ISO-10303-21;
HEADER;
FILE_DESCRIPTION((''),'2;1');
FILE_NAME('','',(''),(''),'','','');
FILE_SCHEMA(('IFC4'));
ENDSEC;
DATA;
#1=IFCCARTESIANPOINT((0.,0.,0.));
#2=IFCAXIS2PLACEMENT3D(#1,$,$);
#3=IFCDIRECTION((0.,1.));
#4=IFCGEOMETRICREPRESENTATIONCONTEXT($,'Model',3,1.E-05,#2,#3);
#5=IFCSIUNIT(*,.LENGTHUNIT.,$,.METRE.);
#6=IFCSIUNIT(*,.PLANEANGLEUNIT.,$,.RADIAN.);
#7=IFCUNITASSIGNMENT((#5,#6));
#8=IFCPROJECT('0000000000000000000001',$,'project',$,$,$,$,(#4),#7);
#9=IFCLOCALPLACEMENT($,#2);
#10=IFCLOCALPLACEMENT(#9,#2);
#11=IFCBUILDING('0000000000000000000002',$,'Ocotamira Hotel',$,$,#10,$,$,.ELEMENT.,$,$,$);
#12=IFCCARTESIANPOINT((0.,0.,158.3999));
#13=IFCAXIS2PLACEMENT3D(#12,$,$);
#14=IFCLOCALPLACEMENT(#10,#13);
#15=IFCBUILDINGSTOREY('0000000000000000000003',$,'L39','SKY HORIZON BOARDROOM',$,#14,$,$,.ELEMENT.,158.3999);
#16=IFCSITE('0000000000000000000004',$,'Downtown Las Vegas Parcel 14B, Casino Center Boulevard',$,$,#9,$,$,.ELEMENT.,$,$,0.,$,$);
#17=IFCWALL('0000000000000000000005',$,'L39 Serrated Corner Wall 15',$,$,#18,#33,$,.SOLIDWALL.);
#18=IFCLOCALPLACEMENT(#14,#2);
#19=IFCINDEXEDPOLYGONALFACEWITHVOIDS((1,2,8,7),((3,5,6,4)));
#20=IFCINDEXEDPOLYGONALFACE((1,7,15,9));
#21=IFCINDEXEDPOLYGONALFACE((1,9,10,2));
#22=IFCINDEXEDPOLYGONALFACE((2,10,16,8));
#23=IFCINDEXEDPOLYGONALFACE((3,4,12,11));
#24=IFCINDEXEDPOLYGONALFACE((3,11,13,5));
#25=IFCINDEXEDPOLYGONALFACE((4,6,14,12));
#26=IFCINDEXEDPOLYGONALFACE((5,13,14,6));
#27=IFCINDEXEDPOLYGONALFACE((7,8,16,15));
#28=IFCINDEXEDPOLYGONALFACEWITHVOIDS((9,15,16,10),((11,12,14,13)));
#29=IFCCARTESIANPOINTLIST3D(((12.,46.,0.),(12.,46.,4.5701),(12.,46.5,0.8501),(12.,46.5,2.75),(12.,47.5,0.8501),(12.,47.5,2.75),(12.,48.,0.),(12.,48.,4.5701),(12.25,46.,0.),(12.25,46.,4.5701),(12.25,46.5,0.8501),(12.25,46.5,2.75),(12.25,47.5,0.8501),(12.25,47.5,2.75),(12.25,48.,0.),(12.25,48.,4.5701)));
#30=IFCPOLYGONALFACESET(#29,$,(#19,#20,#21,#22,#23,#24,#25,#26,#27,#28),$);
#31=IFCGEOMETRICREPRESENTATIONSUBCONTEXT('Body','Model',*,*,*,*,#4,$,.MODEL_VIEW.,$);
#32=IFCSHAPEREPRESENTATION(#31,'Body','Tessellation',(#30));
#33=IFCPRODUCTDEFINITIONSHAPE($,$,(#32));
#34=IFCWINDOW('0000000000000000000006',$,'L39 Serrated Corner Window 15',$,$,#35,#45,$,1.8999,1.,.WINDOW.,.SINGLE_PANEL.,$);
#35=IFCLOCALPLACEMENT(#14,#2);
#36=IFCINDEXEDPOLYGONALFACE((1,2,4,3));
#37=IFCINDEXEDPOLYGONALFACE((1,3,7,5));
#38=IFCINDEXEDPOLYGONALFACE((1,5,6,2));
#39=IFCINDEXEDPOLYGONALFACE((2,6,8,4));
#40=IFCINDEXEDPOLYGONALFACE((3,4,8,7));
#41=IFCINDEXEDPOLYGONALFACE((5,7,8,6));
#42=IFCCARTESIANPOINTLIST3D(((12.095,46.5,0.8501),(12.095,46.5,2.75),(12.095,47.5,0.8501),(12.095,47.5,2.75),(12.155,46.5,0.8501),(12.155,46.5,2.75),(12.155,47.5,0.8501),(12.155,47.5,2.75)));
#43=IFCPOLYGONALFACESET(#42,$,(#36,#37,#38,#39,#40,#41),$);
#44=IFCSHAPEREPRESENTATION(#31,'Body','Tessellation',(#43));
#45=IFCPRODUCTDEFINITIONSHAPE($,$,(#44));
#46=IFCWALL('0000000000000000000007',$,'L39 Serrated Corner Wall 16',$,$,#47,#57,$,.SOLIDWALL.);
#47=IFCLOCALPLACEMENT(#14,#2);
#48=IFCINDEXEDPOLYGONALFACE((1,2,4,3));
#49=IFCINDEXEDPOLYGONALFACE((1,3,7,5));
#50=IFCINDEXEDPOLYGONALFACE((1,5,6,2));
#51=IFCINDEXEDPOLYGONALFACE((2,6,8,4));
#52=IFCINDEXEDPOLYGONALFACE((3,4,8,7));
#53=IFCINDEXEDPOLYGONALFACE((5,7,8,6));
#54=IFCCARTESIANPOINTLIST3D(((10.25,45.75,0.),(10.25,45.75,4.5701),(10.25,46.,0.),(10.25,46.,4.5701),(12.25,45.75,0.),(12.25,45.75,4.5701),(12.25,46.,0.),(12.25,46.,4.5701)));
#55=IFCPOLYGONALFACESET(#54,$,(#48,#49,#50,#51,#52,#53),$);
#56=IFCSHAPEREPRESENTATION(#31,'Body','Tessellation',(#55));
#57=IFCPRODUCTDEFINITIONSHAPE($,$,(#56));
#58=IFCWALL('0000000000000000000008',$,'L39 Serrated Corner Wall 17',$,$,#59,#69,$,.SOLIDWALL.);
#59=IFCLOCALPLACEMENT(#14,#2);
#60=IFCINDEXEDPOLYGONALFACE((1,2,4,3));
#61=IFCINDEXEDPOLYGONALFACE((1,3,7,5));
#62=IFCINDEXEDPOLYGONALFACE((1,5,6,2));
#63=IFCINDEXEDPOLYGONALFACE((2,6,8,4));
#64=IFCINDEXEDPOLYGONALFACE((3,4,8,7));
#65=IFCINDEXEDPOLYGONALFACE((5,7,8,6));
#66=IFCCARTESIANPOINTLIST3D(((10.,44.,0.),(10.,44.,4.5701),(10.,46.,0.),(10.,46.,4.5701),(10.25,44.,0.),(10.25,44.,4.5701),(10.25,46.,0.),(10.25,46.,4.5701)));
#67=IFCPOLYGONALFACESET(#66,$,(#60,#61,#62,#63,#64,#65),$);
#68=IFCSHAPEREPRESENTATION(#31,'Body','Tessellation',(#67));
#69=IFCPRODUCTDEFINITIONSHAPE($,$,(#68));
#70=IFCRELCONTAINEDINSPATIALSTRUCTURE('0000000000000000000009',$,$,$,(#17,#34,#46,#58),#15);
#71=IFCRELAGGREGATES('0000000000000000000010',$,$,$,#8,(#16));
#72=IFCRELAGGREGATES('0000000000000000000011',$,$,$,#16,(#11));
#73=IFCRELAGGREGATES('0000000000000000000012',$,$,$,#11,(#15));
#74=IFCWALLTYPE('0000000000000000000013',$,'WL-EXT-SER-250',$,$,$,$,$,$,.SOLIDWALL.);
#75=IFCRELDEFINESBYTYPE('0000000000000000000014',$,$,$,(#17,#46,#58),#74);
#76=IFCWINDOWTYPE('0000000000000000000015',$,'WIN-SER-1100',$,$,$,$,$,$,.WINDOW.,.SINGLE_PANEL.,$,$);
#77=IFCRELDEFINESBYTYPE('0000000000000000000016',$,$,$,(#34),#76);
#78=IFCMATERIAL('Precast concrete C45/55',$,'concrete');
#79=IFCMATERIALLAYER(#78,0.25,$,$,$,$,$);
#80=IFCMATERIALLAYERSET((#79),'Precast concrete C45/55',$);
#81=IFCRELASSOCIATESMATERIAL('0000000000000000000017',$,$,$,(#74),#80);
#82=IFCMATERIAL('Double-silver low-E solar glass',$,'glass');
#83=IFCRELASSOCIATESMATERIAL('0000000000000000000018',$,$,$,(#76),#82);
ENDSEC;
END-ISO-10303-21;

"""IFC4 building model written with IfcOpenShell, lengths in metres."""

from ifc_helpers import new_model, si_unit, direction, frame, frame_2d, origin, place, context, subcontext, project, spatial, rectangle, extrude, source, transform, mapped, material, layer, layer_set, type_object, element, fill, save


model = new_model("IFC4")

# Units and contexts
model_context = context("Model", 3, precision=1e-05, world=origin(), true_north=direction((0.0, 1.0)))
body_context = subcontext(model_context, "Body", "Model", "MODEL_VIEW")
ifc_project = project(units=[si_unit("LENGTHUNIT", "METRE"), si_unit("PLANEANGLEUNIT", "RADIAN")], contexts=[model_context])

# Site, building, storey
site_placement = place(None, origin())
site = spatial("IfcSite", under=ifc_project, at=site_placement, Name="Downtown Las Vegas Parcel 14B, Casino Center Boulevard", CompositionType="ELEMENT", RefElevation=0.0)
building_placement = place(site_placement, origin())
building = spatial("IfcBuilding", under=site, at=building_placement, Name="Ocotamira Hotel", CompositionType="ELEMENT")
storey_placement = place(building_placement, frame((0.0, 0.0, 158.3999)))
storey = spatial("IfcBuildingStorey", under=building, at=storey_placement, Name="L39", Description="SKY HORIZON BOARDROOM", CompositionType="ELEMENT", Elevation=158.3999)

# Shared definitions
ifc_material_1 = material(Name="Precast concrete C45/55", Category="concrete")
ifc_layer_1 = layer(ifc_material_1, 0.25)
ifc_layer_set_1 = layer_set([ifc_layer_1], Name="Precast concrete C45/55")
wall_type = type_object("IfcWallType", Name="WL-EXT-SER-250", PredefinedType="SOLIDWALL", material=ifc_layer_set_1)

# Wall, opening, window
wall_placement = place(storey_placement, frame((12.125, 48.0, 0.0), z_axis=(0.0, 0.0, 1.0), x_axis=(0.0, -1.0, 0.0)))
wall = element("IfcWall", 1, at=wall_placement, inside=storey, type_object=wall_type, Name="L39 Serrated Corner Wall 15", PredefinedType="SOLIDWALL", context=body_context, shape_type="SweptSolid", body=[
    extrude(rectangle(XDim=2.0, YDim=0.25, at=frame_2d((1.0, 0.0))), origin(), (0.0, 0.0, 1.0), 4.5701),
])
opening_placement = place(wall_placement, frame((0.5, 0.0, 0.8501)))
opening = element("IfcOpeningElement", 2, at=opening_placement, cuts=wall, PredefinedType="OPENING", context=body_context, shape_type="SweptSolid", body=[
    extrude(rectangle(XDim=1.0, YDim=1.8999, at=frame_2d((0.5, 0.95))), frame((0.0, 0.135, 0.0), z_axis=(0.0, -1.0, 0.0), x_axis=(1.0, 0.0, 0.0)), (0.0, 0.0, 1.0), 0.27),
])
ifc_material_2 = material(Name="Double-silver low-E solar glass", Category="glass")
window_type = type_object("IfcWindowType", Name="WIN-SER-1100", PartitioningType="SINGLE_PANEL", PredefinedType="WINDOW", material=ifc_material_2)
shared_shape_1 = source(origin(), body_context, "Body", "SweptSolid", [
    extrude(rectangle(XDim=1.0, YDim=1.8999, at=frame_2d((0.5, 0.95))), frame((0.0, 0.03, 0.0), z_axis=(0.0, -1.0, 0.0), x_axis=(1.0, 0.0, 0.0)), (0.0, 0.0, 1.0), 0.0601),
])
window_placement = place(opening_placement, origin())
window = element("IfcWindow", 3, at=window_placement, inside=storey, type_object=window_type, Name="L39 Serrated Corner Window 15", OverallHeight=1.8999, OverallWidth=1.0, PartitioningType="SINGLE_PANEL", PredefinedType="WINDOW", context=body_context, shape_type="MappedRepresentation", body=[
    mapped(shared_shape_1, transform((0.0, 0.0, 0.0), scale=1.0)),
])
fill(opening, window)

# Walls
for number, where, z_axis, x_axis, name in (
    (4, (12.25, 45.875, 0.0), (0.0, 0.0, 1.0), (-1.0, 0.0, 0.0), "L39 Serrated Corner Wall 16"),
    (5, (10.125, 46.0, 0.0), (0.0, 0.0, 1.0), (0.0, -1.0, 0.0), "L39 Serrated Corner Wall 17"),
):
    element("IfcWall", number, at=place(storey_placement, frame(where, z_axis=z_axis, x_axis=x_axis)), inside=storey, type_object=wall_type, Name=name, PredefinedType="SOLIDWALL", context=body_context, shape_type="SweptSolid", body=[
        extrude(rectangle(XDim=2.0, YDim=0.25, at=frame_2d((1.0, 0.0))), origin(), (0.0, 0.0, 1.0), 4.5701),
    ])

save(model, "model.ifc")
